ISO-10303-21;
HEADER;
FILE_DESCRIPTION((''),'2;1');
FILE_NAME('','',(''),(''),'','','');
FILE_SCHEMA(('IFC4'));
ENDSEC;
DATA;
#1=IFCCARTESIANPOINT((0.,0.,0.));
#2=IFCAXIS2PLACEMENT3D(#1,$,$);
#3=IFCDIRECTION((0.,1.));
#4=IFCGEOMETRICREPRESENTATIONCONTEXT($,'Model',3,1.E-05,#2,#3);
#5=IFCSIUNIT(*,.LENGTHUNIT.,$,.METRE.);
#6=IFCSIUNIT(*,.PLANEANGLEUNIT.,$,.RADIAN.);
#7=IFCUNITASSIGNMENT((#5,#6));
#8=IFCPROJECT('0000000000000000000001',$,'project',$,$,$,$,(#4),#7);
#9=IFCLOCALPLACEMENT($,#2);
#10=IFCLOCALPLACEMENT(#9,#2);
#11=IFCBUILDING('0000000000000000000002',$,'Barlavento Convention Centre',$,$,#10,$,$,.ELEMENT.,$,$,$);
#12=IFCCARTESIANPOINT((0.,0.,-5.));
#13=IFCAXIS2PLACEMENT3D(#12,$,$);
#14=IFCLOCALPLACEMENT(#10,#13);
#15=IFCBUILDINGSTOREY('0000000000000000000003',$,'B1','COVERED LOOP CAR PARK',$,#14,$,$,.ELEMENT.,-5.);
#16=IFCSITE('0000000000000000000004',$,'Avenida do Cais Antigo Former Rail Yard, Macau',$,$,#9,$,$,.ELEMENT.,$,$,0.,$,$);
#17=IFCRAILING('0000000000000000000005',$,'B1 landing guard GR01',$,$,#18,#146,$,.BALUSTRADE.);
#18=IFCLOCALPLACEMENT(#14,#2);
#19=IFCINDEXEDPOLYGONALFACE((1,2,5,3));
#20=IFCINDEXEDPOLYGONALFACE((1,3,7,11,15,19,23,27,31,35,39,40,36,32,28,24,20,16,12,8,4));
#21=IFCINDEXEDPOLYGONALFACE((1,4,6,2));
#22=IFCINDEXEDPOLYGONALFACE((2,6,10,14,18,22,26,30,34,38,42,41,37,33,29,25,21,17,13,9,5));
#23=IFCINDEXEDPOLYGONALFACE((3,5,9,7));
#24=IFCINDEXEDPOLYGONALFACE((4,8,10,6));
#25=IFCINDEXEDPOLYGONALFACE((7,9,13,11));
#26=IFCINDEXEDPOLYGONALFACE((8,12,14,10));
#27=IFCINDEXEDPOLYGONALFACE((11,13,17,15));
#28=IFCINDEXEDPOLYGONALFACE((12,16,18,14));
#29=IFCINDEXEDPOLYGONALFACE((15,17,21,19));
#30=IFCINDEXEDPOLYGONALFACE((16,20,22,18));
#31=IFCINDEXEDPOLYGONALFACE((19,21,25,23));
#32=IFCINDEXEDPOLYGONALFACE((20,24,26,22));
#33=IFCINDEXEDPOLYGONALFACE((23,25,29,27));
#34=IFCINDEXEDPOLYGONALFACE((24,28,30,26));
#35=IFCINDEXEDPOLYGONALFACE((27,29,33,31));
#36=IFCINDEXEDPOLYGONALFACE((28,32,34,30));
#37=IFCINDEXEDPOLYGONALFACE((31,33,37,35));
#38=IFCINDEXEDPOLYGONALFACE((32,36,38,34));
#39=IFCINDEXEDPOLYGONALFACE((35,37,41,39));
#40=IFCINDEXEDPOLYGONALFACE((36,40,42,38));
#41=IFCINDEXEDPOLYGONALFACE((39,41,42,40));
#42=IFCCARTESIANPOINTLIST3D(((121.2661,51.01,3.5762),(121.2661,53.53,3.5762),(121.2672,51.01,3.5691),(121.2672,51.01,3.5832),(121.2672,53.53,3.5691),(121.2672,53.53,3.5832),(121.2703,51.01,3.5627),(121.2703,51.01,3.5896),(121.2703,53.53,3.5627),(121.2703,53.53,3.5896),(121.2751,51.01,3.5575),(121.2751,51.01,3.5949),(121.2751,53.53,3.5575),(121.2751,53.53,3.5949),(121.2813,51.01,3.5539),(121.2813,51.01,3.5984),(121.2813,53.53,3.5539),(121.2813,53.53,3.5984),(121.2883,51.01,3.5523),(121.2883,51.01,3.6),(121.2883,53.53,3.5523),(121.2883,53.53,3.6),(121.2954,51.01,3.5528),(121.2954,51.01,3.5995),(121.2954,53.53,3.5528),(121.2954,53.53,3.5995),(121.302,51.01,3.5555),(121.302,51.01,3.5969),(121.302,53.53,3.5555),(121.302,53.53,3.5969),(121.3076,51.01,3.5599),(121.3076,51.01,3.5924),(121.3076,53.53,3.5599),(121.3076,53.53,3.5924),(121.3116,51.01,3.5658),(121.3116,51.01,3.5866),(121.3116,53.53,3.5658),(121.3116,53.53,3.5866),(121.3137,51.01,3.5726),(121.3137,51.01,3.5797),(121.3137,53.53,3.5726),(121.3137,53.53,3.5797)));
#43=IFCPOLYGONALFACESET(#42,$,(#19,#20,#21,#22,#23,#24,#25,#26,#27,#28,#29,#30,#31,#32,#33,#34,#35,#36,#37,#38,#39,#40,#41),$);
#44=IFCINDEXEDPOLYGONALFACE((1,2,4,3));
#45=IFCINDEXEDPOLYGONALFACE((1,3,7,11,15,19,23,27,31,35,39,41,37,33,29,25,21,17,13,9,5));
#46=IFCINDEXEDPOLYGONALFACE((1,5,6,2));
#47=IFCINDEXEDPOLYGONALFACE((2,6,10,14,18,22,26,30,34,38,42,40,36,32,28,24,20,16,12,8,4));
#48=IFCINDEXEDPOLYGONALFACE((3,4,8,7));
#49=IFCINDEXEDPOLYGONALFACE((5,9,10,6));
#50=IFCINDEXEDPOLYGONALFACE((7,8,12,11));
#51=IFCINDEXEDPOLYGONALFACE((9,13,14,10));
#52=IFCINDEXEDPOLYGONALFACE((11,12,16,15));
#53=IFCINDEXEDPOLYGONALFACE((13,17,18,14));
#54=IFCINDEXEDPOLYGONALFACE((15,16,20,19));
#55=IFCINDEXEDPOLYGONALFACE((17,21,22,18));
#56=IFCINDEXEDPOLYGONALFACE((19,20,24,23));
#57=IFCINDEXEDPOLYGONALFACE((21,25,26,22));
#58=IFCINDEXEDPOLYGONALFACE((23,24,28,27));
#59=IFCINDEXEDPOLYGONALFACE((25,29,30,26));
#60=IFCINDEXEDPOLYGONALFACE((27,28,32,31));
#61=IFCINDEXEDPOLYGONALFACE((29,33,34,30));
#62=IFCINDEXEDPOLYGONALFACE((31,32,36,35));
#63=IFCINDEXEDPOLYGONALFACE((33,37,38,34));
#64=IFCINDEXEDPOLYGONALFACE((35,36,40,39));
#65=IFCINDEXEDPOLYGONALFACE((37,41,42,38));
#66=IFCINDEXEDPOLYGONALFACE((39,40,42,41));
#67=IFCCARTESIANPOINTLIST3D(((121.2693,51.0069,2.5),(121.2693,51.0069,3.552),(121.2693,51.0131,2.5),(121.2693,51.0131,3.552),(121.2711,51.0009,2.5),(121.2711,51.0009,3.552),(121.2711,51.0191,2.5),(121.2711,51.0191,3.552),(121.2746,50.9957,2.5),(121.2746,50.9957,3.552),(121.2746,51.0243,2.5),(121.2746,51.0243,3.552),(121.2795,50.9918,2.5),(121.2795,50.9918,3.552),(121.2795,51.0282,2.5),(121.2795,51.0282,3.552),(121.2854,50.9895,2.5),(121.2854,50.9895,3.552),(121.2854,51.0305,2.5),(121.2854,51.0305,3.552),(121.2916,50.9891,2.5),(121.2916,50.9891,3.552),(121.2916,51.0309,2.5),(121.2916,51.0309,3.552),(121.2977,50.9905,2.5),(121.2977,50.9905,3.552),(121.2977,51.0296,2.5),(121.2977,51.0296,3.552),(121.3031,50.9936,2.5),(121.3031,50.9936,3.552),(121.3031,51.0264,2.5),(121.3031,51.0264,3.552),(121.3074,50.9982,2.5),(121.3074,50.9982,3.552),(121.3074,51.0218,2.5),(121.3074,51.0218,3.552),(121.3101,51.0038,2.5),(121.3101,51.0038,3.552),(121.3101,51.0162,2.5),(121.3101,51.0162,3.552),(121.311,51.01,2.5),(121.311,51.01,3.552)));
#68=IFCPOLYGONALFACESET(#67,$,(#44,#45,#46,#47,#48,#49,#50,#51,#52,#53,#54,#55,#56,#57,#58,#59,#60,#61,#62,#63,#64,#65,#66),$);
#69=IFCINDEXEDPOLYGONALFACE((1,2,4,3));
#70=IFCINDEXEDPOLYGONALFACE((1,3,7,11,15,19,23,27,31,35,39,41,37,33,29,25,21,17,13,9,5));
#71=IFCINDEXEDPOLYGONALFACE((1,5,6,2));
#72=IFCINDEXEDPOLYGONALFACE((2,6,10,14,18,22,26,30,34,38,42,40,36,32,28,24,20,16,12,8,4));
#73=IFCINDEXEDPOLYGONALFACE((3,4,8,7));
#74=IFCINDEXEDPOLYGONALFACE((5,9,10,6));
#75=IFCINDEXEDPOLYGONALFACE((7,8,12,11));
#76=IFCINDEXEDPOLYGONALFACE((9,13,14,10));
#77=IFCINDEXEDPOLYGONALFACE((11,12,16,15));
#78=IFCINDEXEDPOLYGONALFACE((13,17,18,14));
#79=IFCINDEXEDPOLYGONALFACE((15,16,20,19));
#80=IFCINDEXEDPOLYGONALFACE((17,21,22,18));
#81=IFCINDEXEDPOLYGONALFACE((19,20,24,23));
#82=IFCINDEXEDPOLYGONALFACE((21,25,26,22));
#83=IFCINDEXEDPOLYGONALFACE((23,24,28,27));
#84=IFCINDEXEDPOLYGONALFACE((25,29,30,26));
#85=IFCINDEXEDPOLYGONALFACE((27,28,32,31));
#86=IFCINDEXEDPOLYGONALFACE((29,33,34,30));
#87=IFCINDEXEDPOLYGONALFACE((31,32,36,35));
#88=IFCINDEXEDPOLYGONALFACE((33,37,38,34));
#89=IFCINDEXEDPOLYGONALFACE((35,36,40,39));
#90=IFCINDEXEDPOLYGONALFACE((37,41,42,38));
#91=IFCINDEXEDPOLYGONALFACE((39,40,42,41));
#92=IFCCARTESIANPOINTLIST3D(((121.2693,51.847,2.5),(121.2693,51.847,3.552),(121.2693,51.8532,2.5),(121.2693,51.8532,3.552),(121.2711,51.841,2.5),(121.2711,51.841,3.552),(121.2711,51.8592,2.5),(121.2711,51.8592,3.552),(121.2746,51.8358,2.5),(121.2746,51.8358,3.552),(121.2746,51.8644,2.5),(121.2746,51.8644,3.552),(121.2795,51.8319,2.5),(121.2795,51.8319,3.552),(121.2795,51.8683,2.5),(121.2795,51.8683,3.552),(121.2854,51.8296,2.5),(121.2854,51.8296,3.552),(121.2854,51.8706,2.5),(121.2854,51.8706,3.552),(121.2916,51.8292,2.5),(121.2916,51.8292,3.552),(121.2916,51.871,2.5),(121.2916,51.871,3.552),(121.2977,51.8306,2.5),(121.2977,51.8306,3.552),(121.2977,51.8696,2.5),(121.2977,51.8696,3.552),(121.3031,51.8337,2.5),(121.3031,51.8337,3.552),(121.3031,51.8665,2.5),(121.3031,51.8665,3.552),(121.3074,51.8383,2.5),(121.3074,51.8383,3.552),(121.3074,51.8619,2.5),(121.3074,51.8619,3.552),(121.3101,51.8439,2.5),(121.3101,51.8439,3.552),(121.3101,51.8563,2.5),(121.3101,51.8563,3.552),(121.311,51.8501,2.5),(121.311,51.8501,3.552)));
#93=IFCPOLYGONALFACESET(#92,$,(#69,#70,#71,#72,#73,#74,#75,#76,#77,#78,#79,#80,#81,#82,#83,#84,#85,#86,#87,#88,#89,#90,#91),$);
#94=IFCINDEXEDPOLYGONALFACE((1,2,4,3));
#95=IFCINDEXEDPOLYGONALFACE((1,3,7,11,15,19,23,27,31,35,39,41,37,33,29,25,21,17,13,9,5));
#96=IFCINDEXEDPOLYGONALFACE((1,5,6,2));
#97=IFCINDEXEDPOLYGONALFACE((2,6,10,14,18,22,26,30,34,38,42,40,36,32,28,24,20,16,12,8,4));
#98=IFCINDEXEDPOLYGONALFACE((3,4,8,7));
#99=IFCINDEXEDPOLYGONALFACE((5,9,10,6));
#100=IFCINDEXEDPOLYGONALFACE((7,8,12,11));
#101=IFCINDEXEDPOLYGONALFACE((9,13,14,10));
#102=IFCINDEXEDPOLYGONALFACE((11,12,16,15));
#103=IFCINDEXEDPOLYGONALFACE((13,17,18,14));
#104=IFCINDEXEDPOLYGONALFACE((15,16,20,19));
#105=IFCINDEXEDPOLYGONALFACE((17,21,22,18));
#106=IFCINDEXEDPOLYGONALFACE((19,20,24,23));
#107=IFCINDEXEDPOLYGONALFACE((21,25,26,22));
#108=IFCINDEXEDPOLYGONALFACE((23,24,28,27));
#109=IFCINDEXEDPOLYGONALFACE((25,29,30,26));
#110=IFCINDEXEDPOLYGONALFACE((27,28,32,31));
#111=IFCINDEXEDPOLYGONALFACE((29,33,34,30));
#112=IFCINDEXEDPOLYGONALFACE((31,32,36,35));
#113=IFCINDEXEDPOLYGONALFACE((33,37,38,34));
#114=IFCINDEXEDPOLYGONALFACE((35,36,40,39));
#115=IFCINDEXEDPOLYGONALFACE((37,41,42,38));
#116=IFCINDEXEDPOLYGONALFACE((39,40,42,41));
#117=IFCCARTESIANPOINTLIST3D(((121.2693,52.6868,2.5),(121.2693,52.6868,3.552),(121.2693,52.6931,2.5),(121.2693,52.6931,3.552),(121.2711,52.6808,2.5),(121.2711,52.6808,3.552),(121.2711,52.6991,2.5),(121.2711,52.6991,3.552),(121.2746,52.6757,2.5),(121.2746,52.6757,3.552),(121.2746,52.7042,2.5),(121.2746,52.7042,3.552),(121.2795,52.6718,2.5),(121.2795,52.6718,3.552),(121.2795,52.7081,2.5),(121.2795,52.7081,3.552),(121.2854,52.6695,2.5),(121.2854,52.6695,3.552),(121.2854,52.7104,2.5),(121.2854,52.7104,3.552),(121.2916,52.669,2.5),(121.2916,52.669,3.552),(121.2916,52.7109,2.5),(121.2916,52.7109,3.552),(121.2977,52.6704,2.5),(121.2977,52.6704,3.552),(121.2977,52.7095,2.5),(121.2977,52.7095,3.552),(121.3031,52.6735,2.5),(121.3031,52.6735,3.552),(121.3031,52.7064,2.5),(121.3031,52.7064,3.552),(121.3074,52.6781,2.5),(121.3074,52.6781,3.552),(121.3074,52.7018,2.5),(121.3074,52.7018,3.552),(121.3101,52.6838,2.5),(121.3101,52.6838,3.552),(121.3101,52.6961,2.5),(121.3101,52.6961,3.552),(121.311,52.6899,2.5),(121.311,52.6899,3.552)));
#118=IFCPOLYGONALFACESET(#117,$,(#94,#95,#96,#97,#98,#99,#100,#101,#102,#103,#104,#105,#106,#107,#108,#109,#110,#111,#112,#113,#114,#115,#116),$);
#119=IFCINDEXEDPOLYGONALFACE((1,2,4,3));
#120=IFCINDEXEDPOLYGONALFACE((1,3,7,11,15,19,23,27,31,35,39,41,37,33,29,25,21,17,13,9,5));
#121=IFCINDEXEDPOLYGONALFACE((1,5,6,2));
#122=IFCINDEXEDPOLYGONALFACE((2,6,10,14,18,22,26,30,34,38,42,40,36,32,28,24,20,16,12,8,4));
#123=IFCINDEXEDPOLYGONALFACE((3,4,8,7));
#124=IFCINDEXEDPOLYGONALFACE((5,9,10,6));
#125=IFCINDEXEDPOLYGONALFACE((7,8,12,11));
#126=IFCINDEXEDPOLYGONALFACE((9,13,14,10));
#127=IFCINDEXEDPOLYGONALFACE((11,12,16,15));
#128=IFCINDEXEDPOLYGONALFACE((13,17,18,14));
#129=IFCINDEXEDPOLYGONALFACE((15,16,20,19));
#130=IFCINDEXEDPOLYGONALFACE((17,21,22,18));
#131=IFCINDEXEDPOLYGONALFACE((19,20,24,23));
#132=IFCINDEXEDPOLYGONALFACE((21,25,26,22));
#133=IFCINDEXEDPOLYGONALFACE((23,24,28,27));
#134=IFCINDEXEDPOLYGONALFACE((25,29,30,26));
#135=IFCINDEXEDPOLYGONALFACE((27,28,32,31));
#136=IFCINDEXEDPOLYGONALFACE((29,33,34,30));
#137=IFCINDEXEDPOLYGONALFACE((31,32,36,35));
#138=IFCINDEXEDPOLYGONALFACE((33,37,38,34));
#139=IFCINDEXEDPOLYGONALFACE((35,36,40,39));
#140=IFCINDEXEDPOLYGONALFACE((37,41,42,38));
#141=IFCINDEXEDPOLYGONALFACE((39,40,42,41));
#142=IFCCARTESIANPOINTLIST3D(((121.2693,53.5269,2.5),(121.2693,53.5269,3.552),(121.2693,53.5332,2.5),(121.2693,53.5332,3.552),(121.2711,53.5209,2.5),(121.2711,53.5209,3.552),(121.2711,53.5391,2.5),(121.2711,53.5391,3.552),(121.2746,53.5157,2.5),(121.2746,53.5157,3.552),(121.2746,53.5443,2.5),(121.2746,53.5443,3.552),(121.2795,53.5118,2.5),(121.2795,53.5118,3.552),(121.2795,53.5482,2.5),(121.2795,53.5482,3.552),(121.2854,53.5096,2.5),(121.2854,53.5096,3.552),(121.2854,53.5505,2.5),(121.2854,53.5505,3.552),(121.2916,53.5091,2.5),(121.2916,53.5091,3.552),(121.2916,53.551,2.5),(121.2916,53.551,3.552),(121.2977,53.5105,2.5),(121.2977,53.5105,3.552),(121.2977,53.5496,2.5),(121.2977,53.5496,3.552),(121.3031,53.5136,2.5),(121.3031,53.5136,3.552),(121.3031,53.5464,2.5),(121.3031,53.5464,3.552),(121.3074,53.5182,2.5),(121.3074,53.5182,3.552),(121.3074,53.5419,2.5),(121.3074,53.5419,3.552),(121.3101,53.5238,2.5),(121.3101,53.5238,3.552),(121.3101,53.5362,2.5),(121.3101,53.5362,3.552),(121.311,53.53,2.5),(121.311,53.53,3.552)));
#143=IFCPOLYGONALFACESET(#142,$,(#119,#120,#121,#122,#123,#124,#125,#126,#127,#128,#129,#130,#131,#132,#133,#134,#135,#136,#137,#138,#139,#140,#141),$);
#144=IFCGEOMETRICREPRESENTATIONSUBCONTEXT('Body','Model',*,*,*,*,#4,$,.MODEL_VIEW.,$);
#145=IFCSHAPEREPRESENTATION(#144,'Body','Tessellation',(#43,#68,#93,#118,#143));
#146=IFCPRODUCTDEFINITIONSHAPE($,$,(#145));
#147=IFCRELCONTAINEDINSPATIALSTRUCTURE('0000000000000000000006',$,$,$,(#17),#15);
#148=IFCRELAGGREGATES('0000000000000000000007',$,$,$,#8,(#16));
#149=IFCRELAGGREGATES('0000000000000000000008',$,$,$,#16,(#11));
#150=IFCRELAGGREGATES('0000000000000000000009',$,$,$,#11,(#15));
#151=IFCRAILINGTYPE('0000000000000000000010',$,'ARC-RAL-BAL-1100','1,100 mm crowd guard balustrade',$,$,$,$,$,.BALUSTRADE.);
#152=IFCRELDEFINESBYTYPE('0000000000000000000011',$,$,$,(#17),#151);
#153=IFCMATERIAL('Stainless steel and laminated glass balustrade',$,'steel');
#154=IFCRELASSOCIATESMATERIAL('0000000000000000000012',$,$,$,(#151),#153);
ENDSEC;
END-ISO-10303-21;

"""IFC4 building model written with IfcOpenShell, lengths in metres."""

from ifc_helpers import new_model, si_unit, direction, frame, origin, origin_2d, place, context, subcontext, project, spatial, circle, extrude, material, type_object, element, save


model = new_model("IFC4")

# Units and contexts
model_context = context("Model", 3, precision=1e-05, world=origin(), true_north=direction((0.0, 1.0)))
body_context = subcontext(model_context, "Body", "Model", "MODEL_VIEW")
ifc_project = project(units=[si_unit("LENGTHUNIT", "METRE"), si_unit("PLANEANGLEUNIT", "RADIAN")], contexts=[model_context])

# Site, building, storey
site_placement = place(None, origin())
site = spatial("IfcSite", under=ifc_project, at=site_placement, Name="Avenida do Cais Antigo Former Rail Yard, Macau", CompositionType="ELEMENT", RefElevation=0.0)
building_placement = place(site_placement, origin())
building = spatial("IfcBuilding", under=site, at=building_placement, Name="Barlavento Convention Centre", CompositionType="ELEMENT")
storey_placement = place(building_placement, frame((0.0, 0.0, -5.0)))
storey = spatial("IfcBuildingStorey", under=building, at=storey_placement, Name="B1", Description="COVERED LOOP CAR PARK", CompositionType="ELEMENT", Elevation=-5.0)

# Railing
ifc_material_1 = material(Name="Stainless steel and laminated glass balustrade", Category="steel")
railing_type_1 = type_object("IfcRailingType", Name="ARC-RAL-BAL-1100", Description="1,100 mm crowd guard balustrade", PredefinedType="BALUSTRADE", material=ifc_material_1)
railing_1_placement = place(storey_placement, frame((121.29, 51.01, 2.5)))
element("IfcRailing", 1, at=railing_1_placement, inside=storey, type_object=railing_type_1, Name="B1 landing guard GR01", PredefinedType="BALUSTRADE", context=body_context, shape_type="SweptSolid", body=[
    extrude(circle(Radius=0.0239, at=origin_2d()), frame((0.0, 0.0, 1.0762), z_axis=(0.0, 1.0, 0.0), x_axis=(-1.0, 0.0, 0.0)), (0.0, 0.0, 1.0), 2.52),
    extrude(circle(Radius=0.021, at=origin_2d()), origin(), (0.0, 0.0, 1.0), 1.052),
    extrude(circle(Radius=0.021, at=origin_2d()), frame((0.0, 0.8401, 0.0)), (0.0, 0.0, 1.0), 1.052),
    extrude(circle(Radius=0.021, at=origin_2d()), frame((0.0, 1.6799, 0.0)), (0.0, 0.0, 1.0), 1.052),
    extrude(circle(Radius=0.021, at=origin_2d()), frame((0.0, 2.52, 0.0)), (0.0, 0.0, 1.0), 1.052),
])

save(model, "model.ifc")
